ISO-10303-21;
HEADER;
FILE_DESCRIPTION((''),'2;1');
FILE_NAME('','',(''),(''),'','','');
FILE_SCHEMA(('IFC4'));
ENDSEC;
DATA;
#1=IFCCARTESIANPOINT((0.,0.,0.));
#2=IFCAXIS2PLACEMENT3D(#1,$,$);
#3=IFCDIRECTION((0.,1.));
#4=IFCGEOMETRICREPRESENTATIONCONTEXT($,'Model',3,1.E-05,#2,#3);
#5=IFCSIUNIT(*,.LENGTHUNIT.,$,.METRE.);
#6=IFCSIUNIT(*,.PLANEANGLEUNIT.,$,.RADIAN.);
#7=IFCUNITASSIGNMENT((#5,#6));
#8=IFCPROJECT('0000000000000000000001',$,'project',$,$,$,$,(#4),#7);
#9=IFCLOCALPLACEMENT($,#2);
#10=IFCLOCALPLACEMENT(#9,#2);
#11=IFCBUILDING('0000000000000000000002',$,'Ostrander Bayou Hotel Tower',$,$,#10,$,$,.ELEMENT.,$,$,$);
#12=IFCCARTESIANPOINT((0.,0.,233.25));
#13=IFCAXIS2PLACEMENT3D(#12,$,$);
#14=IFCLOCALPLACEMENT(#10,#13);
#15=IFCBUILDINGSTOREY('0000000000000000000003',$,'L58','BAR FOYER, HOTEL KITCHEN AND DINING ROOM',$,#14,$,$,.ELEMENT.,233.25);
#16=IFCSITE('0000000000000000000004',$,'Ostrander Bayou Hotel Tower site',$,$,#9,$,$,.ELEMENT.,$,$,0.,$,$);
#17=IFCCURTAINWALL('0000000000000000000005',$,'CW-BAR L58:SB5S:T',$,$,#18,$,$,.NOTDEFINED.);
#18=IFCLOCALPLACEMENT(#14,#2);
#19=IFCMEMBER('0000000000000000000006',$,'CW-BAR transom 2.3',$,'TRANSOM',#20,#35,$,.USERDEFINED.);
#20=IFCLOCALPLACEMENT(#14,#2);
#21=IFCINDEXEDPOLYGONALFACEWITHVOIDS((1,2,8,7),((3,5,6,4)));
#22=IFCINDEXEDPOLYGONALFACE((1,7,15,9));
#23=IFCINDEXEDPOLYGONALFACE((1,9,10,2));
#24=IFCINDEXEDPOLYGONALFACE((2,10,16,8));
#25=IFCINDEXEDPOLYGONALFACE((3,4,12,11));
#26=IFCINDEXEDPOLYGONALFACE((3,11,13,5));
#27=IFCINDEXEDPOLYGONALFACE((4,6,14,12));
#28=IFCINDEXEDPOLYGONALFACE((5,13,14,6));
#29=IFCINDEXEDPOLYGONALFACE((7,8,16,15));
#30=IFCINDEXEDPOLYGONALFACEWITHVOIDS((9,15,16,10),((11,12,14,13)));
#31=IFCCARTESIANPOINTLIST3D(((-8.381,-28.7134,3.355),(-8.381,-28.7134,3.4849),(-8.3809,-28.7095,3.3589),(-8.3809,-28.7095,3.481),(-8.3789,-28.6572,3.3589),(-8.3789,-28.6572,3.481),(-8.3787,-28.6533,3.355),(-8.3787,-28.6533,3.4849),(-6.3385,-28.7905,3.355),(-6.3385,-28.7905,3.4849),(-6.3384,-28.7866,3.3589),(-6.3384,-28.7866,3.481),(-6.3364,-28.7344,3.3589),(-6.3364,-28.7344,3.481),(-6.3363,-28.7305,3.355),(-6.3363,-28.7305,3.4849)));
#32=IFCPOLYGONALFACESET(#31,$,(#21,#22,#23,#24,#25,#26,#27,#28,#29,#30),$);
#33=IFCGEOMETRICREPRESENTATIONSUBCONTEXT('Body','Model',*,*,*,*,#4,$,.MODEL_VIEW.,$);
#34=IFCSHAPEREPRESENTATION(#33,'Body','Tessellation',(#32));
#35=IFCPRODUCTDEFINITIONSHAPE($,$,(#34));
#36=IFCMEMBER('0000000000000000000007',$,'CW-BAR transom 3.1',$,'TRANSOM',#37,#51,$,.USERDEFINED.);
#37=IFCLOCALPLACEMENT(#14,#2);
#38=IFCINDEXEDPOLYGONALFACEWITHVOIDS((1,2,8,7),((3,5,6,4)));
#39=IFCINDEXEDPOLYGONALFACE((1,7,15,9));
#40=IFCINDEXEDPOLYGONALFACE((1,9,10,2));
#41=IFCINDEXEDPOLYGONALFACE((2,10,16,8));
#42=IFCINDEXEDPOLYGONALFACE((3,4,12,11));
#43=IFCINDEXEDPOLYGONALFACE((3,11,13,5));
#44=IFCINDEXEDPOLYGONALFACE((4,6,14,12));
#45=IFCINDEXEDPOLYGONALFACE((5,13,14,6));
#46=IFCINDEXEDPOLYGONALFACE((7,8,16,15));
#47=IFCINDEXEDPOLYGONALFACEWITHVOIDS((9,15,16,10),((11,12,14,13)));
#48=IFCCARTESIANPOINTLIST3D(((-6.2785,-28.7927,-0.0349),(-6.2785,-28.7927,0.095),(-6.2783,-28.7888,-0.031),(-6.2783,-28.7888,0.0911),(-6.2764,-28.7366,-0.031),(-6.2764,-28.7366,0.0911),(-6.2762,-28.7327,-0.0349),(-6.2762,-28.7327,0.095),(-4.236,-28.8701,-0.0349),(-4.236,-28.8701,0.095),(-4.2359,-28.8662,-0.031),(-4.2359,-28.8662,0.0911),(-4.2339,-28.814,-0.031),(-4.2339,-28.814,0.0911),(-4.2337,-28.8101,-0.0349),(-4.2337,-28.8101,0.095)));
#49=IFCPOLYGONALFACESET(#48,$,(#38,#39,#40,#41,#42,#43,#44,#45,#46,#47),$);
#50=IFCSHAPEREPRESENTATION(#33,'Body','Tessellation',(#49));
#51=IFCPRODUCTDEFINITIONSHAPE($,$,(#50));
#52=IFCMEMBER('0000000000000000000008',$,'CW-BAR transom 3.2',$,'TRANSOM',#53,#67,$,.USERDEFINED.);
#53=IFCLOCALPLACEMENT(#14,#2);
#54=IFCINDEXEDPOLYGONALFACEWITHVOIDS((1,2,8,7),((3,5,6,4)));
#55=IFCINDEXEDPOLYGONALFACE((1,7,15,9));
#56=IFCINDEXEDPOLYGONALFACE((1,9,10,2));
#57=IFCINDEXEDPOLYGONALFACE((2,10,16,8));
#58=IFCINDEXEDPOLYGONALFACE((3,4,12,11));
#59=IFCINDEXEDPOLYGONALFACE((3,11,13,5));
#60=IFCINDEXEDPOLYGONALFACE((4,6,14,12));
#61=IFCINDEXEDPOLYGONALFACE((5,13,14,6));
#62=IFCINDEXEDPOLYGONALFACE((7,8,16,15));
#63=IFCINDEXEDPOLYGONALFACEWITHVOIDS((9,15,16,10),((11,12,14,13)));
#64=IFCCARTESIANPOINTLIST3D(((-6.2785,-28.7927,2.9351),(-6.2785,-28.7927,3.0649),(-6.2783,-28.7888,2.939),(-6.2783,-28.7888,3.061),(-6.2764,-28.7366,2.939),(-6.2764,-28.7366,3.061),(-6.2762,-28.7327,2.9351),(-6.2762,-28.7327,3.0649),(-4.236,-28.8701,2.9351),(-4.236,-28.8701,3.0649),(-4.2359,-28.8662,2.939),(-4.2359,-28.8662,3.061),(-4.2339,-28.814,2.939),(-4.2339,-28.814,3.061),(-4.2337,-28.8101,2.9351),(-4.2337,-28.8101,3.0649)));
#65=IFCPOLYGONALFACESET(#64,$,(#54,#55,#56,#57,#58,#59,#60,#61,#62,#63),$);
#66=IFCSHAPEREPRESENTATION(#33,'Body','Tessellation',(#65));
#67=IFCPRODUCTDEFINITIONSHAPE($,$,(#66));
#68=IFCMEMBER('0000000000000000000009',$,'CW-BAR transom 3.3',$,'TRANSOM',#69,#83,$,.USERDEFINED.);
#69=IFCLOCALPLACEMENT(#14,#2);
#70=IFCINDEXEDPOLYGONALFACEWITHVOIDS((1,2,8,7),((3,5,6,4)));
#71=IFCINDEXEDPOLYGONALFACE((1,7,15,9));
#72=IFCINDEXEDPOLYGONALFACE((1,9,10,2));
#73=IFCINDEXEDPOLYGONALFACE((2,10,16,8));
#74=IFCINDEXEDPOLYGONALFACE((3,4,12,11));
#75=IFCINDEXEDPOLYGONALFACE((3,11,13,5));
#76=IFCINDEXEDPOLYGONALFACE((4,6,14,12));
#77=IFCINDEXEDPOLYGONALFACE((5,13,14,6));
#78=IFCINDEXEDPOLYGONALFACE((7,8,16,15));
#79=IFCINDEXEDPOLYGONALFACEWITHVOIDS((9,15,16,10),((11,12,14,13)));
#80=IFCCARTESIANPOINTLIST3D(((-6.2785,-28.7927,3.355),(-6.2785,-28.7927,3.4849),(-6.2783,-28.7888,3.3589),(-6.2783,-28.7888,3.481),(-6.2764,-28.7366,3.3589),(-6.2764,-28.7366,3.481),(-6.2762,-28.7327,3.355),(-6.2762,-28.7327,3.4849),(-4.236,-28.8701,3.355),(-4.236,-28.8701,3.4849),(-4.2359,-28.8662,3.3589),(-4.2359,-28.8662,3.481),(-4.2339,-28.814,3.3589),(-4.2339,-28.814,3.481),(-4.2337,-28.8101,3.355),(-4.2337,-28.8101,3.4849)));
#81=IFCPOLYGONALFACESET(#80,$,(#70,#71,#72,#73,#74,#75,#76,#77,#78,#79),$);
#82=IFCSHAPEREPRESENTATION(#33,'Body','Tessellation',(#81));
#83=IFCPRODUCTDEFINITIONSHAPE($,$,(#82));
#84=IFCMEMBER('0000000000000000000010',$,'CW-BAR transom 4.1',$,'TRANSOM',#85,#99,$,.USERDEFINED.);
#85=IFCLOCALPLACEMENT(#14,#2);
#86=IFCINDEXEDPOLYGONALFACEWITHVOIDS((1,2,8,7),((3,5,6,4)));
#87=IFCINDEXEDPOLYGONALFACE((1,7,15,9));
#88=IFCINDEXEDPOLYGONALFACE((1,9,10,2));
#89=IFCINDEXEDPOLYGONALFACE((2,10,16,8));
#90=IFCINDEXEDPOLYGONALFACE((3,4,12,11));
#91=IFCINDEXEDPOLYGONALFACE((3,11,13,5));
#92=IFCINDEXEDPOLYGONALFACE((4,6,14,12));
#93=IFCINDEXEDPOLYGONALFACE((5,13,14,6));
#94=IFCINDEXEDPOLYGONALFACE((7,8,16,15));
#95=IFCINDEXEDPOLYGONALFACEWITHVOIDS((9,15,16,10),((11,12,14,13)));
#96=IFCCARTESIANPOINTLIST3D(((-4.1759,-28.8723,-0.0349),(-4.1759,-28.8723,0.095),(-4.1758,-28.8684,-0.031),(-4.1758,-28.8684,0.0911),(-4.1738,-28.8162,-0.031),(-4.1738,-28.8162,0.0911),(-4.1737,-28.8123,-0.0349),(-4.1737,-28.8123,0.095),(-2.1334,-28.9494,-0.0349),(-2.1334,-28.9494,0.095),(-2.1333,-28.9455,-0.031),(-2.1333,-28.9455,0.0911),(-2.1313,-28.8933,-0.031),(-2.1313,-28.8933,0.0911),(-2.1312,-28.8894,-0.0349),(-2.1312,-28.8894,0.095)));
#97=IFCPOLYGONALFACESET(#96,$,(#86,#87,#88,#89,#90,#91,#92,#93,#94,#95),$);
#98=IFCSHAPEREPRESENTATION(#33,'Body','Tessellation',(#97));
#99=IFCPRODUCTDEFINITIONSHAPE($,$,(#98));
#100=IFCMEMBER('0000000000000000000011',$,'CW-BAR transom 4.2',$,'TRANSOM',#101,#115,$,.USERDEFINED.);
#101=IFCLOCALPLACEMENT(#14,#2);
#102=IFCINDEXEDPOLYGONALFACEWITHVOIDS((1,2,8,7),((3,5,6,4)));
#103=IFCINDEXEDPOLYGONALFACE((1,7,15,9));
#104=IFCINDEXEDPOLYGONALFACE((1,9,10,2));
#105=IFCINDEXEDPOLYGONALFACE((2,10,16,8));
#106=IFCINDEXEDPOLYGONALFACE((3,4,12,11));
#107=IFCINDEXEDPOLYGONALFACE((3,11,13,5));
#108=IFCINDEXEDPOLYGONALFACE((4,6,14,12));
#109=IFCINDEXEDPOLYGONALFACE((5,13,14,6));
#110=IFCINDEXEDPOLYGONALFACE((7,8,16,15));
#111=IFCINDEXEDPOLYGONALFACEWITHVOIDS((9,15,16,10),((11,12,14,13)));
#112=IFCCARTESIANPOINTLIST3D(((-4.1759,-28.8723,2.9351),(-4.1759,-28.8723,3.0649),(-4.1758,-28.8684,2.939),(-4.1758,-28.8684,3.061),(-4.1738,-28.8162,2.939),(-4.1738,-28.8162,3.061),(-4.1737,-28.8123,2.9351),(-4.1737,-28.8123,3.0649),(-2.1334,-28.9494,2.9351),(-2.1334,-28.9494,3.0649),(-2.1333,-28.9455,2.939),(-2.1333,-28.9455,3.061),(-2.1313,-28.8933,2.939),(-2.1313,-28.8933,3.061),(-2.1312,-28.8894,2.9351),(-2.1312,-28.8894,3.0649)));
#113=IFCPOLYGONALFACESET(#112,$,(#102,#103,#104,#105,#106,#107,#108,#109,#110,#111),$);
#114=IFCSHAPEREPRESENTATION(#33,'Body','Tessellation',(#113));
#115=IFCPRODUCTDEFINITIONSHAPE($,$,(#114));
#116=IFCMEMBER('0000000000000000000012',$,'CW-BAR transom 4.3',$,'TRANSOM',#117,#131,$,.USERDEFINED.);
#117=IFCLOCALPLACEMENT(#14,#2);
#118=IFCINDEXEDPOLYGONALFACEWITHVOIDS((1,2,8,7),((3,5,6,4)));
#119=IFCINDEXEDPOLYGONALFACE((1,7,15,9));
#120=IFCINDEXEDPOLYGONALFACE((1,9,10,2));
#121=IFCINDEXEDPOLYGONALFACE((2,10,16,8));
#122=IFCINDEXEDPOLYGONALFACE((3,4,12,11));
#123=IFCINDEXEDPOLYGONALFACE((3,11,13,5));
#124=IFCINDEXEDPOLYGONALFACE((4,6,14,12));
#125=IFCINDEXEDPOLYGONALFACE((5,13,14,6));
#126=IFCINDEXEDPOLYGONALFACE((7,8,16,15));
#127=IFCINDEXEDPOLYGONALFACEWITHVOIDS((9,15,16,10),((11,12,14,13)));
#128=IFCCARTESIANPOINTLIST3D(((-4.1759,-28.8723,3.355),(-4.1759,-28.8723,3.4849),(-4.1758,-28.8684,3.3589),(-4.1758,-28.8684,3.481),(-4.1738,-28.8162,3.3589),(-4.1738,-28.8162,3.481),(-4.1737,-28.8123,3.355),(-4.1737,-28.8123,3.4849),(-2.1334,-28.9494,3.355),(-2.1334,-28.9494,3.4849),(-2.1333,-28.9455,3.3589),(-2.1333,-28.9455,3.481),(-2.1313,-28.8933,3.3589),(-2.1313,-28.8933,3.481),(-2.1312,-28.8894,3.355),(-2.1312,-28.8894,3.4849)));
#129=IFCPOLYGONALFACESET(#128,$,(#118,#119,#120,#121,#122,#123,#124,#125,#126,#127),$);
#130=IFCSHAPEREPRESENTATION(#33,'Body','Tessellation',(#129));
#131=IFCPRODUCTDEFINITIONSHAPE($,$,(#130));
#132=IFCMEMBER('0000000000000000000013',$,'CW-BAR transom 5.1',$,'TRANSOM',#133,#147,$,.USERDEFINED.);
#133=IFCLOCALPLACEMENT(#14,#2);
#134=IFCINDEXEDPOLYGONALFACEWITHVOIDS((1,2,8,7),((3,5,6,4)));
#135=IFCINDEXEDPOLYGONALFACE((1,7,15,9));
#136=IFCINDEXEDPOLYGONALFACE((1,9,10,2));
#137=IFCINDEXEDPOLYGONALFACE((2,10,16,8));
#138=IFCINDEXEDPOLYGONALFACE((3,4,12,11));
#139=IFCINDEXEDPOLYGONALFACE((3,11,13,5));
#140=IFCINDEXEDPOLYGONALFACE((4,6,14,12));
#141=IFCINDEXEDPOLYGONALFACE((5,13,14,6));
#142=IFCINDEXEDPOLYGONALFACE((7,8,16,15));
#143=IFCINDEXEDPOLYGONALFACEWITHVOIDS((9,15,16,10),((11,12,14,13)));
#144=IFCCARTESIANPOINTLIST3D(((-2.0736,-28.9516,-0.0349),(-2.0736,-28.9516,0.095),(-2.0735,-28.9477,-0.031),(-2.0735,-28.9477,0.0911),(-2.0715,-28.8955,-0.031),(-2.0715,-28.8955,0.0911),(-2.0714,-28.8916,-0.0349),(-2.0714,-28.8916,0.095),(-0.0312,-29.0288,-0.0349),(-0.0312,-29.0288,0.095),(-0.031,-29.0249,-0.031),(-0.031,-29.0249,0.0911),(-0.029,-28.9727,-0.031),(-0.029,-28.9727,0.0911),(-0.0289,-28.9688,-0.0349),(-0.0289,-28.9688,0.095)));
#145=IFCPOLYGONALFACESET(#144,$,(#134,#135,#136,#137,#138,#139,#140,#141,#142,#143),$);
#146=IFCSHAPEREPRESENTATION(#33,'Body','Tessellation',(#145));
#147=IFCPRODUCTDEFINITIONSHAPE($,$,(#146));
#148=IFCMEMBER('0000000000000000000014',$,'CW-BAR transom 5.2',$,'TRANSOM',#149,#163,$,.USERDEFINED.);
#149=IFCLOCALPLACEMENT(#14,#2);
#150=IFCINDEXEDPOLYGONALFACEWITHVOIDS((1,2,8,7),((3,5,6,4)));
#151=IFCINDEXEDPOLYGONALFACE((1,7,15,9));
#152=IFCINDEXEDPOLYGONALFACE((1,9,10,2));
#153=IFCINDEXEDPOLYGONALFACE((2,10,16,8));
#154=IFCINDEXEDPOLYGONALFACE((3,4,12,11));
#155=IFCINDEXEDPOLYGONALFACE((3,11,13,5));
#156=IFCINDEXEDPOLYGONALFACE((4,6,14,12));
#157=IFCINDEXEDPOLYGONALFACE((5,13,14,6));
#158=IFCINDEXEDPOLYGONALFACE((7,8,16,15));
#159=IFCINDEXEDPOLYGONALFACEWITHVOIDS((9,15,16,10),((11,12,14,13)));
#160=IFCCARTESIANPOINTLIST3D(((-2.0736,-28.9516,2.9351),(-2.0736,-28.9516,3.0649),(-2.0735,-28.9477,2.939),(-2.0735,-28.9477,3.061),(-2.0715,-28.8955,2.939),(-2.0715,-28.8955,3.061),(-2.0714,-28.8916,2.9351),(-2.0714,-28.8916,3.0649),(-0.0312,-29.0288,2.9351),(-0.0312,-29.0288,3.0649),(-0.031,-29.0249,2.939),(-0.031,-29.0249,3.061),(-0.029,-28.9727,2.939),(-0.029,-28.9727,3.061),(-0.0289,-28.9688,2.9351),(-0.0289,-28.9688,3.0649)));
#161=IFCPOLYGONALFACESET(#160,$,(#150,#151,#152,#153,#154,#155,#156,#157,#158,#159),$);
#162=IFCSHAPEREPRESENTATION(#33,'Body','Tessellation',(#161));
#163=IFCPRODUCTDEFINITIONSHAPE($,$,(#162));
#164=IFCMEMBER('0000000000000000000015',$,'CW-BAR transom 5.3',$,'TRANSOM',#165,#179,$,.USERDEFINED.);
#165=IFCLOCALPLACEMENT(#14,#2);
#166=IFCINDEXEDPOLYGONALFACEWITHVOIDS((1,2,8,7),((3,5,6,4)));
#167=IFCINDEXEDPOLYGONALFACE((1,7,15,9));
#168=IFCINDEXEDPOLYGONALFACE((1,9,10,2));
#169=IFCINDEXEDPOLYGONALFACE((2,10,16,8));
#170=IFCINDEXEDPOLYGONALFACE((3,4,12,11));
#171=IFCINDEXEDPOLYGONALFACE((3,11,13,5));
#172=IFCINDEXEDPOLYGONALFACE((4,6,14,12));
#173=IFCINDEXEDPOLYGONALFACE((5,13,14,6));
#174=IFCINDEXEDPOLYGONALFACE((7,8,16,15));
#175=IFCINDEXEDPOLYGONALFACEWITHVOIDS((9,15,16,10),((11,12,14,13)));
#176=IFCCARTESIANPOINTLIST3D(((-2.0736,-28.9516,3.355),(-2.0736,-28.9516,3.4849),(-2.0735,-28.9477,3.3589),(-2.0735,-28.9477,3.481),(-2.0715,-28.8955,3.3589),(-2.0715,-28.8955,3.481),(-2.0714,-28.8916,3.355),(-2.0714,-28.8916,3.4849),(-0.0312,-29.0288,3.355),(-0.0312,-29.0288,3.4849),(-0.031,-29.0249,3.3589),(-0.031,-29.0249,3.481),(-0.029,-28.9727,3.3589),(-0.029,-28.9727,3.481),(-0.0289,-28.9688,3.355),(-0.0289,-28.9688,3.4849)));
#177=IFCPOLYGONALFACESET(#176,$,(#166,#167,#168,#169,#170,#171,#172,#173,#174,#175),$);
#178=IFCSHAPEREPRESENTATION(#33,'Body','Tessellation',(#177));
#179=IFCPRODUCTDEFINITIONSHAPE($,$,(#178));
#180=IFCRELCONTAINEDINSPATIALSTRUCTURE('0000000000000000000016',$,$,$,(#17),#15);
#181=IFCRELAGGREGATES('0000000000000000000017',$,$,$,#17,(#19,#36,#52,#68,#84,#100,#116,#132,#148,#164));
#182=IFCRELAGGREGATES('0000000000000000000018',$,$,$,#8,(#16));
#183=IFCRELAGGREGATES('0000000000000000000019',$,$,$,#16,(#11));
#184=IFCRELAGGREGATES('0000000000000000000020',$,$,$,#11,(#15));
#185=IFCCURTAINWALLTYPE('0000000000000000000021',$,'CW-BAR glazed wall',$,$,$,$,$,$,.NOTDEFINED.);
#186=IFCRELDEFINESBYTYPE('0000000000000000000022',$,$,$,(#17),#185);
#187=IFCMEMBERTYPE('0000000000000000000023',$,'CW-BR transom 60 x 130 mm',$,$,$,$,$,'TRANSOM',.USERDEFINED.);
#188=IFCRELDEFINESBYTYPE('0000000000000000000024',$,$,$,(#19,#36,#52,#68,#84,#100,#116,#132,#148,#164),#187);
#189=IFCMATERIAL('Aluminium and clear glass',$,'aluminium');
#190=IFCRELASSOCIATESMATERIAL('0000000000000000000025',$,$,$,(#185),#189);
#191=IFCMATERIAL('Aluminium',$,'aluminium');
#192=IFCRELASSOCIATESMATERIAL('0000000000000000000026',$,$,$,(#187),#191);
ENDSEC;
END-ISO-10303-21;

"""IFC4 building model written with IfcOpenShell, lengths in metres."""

from ifc_helpers import new_model, si_unit, direction, frame, origin, origin_2d, place, context, subcontext, project, spatial, hollow_rectangle, extrude, material, material_profile, profile_set, type_object, element, aggregate, save


model = new_model("IFC4")

# Units and contexts
model_context = context("Model", 3, precision=1e-05, world=origin(), true_north=direction((0.0, 1.0)))
body_context = subcontext(model_context, "Body", "Model", "MODEL_VIEW")
ifc_project = project(units=[si_unit("LENGTHUNIT", "METRE"), si_unit("PLANEANGLEUNIT", "RADIAN")], contexts=[model_context])

# Site, building, storey
site_placement = place(None, origin())
site = spatial("IfcSite", under=ifc_project, at=site_placement, Name="Ostrander Bayou Hotel Tower site", CompositionType="ELEMENT", RefElevation=0.0)
building_placement = place(site_placement, origin())
building = spatial("IfcBuilding", under=site, at=building_placement, Name="Ostrander Bayou Hotel Tower", CompositionType="ELEMENT")
storey_placement = place(building_placement, frame((0.0, 0.0, 233.25)))
storey = spatial("IfcBuildingStorey", under=building, at=storey_placement, Name="L58", Description="BAR FOYER, HOTEL KITCHEN AND DINING ROOM", CompositionType="ELEMENT", Elevation=233.25)

# Shared definitions
ifc_material_1 = material(Name="Aluminium and clear glass", Category="aluminium")
curtain_wall_type = type_object("IfcCurtainWallType", Name="CW-BAR glazed wall", PredefinedType="NOTDEFINED", material=ifc_material_1)

# Curtain wall, members
curtain_wall_1_placement = place(storey_placement, origin())
curtain_wall_1 = element("IfcCurtainWall", 1, at=curtain_wall_1_placement, inside=storey, type_object=curtain_wall_type, Name="CW-BAR L58:SB5S:T", PredefinedType="NOTDEFINED")
ifc_material_2 = material(Name="Aluminium", Category="aluminium")
ifc_material_profile_1 = material_profile(ifc_material_2, hollow_rectangle(XDim=0.0601, YDim=0.1299, WallThickness=0.0039, at=origin_2d()))
ifc_profile_set_1 = profile_set([ifc_material_profile_1], Name="Aluminium")
member_type_1 = type_object("IfcMemberType", Name="CW-BR transom 60 x 130 mm", ElementType="TRANSOM", PredefinedType="USERDEFINED", material=ifc_profile_set_1)
member_1_placement = place(storey_placement, frame((-8.3799, -28.6833, 3.4199), z_axis=(0.999287, -0.037745, 0.0), x_axis=(0.037745, 0.999287, 0.0)))
member_1 = element("IfcMember", 2, at=member_1_placement, type_object=member_type_1, Name="CW-BAR transom 2.3", ObjectType="TRANSOM", PredefinedType="USERDEFINED", context=body_context, shape_type="SweptSolid", body=[
    extrude(hollow_rectangle(XDim=0.0601, YDim=0.1299, WallThickness=0.0039, at=origin_2d()), origin(), (0.0, 0.0, 1.0), 2.0439),
])
member_2_placement = place(storey_placement, frame((-6.2773, -28.7627, 0.03), z_axis=(0.999283, -0.037864, 0.0), x_axis=(0.037864, 0.999283, 0.0)))
member_2 = element("IfcMember", 3, at=member_2_placement, type_object=member_type_1, Name="CW-BAR transom 3.1", ObjectType="TRANSOM", PredefinedType="USERDEFINED", context=body_context, shape_type="SweptSolid", body=[
    extrude(hollow_rectangle(XDim=0.0601, YDim=0.1299, WallThickness=0.0039, at=origin_2d()), origin(), (0.0, 0.0, 1.0), 2.0439),
])
member_3_placement = place(storey_placement, frame((-6.2773, -28.7627, 3.0), z_axis=(0.999283, -0.037864, 0.0), x_axis=(0.037864, 0.999283, 0.0)))
member_3 = element("IfcMember", 4, at=member_3_placement, type_object=member_type_1, Name="CW-BAR transom 3.2", ObjectType="TRANSOM", PredefinedType="USERDEFINED", context=body_context, shape_type="SweptSolid", body=[
    extrude(hollow_rectangle(XDim=0.0601, YDim=0.1299, WallThickness=0.0039, at=origin_2d()), origin(), (0.0, 0.0, 1.0), 2.0439),
])
member_4_placement = place(storey_placement, frame((-6.2773, -28.7627, 3.4199), z_axis=(0.999283, -0.037864, 0.0), x_axis=(0.037864, 0.999283, 0.0)))
member_4 = element("IfcMember", 5, at=member_4_placement, type_object=member_type_1, Name="CW-BAR transom 3.3", ObjectType="TRANSOM", PredefinedType="USERDEFINED", context=body_context, shape_type="SweptSolid", body=[
    extrude(hollow_rectangle(XDim=0.0601, YDim=0.1299, WallThickness=0.0039, at=origin_2d()), origin(), (0.0, 0.0, 1.0), 2.0439),
])
member_5_placement = place(storey_placement, frame((-4.1748, -28.8423, 0.03), z_axis=(0.999287, -0.037745, 0.0), x_axis=(0.037745, 0.999287, 0.0)))
member_5 = element("IfcMember", 6, at=member_5_placement, type_object=member_type_1, Name="CW-BAR transom 4.1", ObjectType="TRANSOM", PredefinedType="USERDEFINED", context=body_context, shape_type="SweptSolid", body=[
    extrude(hollow_rectangle(XDim=0.0601, YDim=0.1299, WallThickness=0.0039, at=origin_2d()), origin(), (0.0, 0.0, 1.0), 2.0439),
])
member_6_placement = place(storey_placement, frame((-4.1748, -28.8423, 3.0), z_axis=(0.999287, -0.037745, 0.0), x_axis=(0.037745, 0.999287, 0.0)))
member_6 = element("IfcMember", 7, at=member_6_placement, type_object=member_type_1, Name="CW-BAR transom 4.2", ObjectType="TRANSOM", PredefinedType="USERDEFINED", context=body_context, shape_type="SweptSolid", body=[
    extrude(hollow_rectangle(XDim=0.0601, YDim=0.1299, WallThickness=0.0039, at=origin_2d()), origin(), (0.0, 0.0, 1.0), 2.0439),
])
member_7_placement = place(storey_placement, frame((-4.1748, -28.8423, 3.4199), z_axis=(0.999287, -0.037745, 0.0), x_axis=(0.037745, 0.999287, 0.0)))
member_7 = element("IfcMember", 8, at=member_7_placement, type_object=member_type_1, Name="CW-BAR transom 4.3", ObjectType="TRANSOM", PredefinedType="USERDEFINED", context=body_context, shape_type="SweptSolid", body=[
    extrude(hollow_rectangle(XDim=0.0601, YDim=0.1299, WallThickness=0.0039, at=origin_2d()), origin(), (0.0, 0.0, 1.0), 2.0439),
])
member_8_placement = place(storey_placement, frame((-2.0725, -28.9216, 0.03), z_axis=(0.999287, -0.037745, 0.0), x_axis=(0.037745, 0.999287, 0.0)))
member_8 = element("IfcMember", 9, at=member_8_placement, type_object=member_type_1, Name="CW-BAR transom 5.1", ObjectType="TRANSOM", PredefinedType="USERDEFINED", context=body_context, shape_type="SweptSolid", body=[
    extrude(hollow_rectangle(XDim=0.0601, YDim=0.1299, WallThickness=0.0039, at=origin_2d()), origin(), (0.0, 0.0, 1.0), 2.0439),
])
member_9_placement = place(storey_placement, frame((-2.0725, -28.9216, 3.0), z_axis=(0.999287, -0.037745, 0.0), x_axis=(0.037745, 0.999287, 0.0)))
member_9 = element("IfcMember", 10, at=member_9_placement, type_object=member_type_1, Name="CW-BAR transom 5.2", ObjectType="TRANSOM", PredefinedType="USERDEFINED", context=body_context, shape_type="SweptSolid", body=[
    extrude(hollow_rectangle(XDim=0.0601, YDim=0.1299, WallThickness=0.0039, at=origin_2d()), origin(), (0.0, 0.0, 1.0), 2.0439),
])
member_10_placement = place(storey_placement, frame((-2.0725, -28.9216, 3.4199), z_axis=(0.999287, -0.037745, 0.0), x_axis=(0.037745, 0.999287, 0.0)))
member_10 = element("IfcMember", 11, at=member_10_placement, type_object=member_type_1, Name="CW-BAR transom 5.3", ObjectType="TRANSOM", PredefinedType="USERDEFINED", context=body_context, shape_type="SweptSolid", body=[
    extrude(hollow_rectangle(XDim=0.0601, YDim=0.1299, WallThickness=0.0039, at=origin_2d()), origin(), (0.0, 0.0, 1.0), 2.0439),
])

aggregate(curtain_wall_1, [member_1, member_2, member_3, member_4, member_5, member_6, member_7, member_8, member_9, member_10])

save(model, "model.ifc")
